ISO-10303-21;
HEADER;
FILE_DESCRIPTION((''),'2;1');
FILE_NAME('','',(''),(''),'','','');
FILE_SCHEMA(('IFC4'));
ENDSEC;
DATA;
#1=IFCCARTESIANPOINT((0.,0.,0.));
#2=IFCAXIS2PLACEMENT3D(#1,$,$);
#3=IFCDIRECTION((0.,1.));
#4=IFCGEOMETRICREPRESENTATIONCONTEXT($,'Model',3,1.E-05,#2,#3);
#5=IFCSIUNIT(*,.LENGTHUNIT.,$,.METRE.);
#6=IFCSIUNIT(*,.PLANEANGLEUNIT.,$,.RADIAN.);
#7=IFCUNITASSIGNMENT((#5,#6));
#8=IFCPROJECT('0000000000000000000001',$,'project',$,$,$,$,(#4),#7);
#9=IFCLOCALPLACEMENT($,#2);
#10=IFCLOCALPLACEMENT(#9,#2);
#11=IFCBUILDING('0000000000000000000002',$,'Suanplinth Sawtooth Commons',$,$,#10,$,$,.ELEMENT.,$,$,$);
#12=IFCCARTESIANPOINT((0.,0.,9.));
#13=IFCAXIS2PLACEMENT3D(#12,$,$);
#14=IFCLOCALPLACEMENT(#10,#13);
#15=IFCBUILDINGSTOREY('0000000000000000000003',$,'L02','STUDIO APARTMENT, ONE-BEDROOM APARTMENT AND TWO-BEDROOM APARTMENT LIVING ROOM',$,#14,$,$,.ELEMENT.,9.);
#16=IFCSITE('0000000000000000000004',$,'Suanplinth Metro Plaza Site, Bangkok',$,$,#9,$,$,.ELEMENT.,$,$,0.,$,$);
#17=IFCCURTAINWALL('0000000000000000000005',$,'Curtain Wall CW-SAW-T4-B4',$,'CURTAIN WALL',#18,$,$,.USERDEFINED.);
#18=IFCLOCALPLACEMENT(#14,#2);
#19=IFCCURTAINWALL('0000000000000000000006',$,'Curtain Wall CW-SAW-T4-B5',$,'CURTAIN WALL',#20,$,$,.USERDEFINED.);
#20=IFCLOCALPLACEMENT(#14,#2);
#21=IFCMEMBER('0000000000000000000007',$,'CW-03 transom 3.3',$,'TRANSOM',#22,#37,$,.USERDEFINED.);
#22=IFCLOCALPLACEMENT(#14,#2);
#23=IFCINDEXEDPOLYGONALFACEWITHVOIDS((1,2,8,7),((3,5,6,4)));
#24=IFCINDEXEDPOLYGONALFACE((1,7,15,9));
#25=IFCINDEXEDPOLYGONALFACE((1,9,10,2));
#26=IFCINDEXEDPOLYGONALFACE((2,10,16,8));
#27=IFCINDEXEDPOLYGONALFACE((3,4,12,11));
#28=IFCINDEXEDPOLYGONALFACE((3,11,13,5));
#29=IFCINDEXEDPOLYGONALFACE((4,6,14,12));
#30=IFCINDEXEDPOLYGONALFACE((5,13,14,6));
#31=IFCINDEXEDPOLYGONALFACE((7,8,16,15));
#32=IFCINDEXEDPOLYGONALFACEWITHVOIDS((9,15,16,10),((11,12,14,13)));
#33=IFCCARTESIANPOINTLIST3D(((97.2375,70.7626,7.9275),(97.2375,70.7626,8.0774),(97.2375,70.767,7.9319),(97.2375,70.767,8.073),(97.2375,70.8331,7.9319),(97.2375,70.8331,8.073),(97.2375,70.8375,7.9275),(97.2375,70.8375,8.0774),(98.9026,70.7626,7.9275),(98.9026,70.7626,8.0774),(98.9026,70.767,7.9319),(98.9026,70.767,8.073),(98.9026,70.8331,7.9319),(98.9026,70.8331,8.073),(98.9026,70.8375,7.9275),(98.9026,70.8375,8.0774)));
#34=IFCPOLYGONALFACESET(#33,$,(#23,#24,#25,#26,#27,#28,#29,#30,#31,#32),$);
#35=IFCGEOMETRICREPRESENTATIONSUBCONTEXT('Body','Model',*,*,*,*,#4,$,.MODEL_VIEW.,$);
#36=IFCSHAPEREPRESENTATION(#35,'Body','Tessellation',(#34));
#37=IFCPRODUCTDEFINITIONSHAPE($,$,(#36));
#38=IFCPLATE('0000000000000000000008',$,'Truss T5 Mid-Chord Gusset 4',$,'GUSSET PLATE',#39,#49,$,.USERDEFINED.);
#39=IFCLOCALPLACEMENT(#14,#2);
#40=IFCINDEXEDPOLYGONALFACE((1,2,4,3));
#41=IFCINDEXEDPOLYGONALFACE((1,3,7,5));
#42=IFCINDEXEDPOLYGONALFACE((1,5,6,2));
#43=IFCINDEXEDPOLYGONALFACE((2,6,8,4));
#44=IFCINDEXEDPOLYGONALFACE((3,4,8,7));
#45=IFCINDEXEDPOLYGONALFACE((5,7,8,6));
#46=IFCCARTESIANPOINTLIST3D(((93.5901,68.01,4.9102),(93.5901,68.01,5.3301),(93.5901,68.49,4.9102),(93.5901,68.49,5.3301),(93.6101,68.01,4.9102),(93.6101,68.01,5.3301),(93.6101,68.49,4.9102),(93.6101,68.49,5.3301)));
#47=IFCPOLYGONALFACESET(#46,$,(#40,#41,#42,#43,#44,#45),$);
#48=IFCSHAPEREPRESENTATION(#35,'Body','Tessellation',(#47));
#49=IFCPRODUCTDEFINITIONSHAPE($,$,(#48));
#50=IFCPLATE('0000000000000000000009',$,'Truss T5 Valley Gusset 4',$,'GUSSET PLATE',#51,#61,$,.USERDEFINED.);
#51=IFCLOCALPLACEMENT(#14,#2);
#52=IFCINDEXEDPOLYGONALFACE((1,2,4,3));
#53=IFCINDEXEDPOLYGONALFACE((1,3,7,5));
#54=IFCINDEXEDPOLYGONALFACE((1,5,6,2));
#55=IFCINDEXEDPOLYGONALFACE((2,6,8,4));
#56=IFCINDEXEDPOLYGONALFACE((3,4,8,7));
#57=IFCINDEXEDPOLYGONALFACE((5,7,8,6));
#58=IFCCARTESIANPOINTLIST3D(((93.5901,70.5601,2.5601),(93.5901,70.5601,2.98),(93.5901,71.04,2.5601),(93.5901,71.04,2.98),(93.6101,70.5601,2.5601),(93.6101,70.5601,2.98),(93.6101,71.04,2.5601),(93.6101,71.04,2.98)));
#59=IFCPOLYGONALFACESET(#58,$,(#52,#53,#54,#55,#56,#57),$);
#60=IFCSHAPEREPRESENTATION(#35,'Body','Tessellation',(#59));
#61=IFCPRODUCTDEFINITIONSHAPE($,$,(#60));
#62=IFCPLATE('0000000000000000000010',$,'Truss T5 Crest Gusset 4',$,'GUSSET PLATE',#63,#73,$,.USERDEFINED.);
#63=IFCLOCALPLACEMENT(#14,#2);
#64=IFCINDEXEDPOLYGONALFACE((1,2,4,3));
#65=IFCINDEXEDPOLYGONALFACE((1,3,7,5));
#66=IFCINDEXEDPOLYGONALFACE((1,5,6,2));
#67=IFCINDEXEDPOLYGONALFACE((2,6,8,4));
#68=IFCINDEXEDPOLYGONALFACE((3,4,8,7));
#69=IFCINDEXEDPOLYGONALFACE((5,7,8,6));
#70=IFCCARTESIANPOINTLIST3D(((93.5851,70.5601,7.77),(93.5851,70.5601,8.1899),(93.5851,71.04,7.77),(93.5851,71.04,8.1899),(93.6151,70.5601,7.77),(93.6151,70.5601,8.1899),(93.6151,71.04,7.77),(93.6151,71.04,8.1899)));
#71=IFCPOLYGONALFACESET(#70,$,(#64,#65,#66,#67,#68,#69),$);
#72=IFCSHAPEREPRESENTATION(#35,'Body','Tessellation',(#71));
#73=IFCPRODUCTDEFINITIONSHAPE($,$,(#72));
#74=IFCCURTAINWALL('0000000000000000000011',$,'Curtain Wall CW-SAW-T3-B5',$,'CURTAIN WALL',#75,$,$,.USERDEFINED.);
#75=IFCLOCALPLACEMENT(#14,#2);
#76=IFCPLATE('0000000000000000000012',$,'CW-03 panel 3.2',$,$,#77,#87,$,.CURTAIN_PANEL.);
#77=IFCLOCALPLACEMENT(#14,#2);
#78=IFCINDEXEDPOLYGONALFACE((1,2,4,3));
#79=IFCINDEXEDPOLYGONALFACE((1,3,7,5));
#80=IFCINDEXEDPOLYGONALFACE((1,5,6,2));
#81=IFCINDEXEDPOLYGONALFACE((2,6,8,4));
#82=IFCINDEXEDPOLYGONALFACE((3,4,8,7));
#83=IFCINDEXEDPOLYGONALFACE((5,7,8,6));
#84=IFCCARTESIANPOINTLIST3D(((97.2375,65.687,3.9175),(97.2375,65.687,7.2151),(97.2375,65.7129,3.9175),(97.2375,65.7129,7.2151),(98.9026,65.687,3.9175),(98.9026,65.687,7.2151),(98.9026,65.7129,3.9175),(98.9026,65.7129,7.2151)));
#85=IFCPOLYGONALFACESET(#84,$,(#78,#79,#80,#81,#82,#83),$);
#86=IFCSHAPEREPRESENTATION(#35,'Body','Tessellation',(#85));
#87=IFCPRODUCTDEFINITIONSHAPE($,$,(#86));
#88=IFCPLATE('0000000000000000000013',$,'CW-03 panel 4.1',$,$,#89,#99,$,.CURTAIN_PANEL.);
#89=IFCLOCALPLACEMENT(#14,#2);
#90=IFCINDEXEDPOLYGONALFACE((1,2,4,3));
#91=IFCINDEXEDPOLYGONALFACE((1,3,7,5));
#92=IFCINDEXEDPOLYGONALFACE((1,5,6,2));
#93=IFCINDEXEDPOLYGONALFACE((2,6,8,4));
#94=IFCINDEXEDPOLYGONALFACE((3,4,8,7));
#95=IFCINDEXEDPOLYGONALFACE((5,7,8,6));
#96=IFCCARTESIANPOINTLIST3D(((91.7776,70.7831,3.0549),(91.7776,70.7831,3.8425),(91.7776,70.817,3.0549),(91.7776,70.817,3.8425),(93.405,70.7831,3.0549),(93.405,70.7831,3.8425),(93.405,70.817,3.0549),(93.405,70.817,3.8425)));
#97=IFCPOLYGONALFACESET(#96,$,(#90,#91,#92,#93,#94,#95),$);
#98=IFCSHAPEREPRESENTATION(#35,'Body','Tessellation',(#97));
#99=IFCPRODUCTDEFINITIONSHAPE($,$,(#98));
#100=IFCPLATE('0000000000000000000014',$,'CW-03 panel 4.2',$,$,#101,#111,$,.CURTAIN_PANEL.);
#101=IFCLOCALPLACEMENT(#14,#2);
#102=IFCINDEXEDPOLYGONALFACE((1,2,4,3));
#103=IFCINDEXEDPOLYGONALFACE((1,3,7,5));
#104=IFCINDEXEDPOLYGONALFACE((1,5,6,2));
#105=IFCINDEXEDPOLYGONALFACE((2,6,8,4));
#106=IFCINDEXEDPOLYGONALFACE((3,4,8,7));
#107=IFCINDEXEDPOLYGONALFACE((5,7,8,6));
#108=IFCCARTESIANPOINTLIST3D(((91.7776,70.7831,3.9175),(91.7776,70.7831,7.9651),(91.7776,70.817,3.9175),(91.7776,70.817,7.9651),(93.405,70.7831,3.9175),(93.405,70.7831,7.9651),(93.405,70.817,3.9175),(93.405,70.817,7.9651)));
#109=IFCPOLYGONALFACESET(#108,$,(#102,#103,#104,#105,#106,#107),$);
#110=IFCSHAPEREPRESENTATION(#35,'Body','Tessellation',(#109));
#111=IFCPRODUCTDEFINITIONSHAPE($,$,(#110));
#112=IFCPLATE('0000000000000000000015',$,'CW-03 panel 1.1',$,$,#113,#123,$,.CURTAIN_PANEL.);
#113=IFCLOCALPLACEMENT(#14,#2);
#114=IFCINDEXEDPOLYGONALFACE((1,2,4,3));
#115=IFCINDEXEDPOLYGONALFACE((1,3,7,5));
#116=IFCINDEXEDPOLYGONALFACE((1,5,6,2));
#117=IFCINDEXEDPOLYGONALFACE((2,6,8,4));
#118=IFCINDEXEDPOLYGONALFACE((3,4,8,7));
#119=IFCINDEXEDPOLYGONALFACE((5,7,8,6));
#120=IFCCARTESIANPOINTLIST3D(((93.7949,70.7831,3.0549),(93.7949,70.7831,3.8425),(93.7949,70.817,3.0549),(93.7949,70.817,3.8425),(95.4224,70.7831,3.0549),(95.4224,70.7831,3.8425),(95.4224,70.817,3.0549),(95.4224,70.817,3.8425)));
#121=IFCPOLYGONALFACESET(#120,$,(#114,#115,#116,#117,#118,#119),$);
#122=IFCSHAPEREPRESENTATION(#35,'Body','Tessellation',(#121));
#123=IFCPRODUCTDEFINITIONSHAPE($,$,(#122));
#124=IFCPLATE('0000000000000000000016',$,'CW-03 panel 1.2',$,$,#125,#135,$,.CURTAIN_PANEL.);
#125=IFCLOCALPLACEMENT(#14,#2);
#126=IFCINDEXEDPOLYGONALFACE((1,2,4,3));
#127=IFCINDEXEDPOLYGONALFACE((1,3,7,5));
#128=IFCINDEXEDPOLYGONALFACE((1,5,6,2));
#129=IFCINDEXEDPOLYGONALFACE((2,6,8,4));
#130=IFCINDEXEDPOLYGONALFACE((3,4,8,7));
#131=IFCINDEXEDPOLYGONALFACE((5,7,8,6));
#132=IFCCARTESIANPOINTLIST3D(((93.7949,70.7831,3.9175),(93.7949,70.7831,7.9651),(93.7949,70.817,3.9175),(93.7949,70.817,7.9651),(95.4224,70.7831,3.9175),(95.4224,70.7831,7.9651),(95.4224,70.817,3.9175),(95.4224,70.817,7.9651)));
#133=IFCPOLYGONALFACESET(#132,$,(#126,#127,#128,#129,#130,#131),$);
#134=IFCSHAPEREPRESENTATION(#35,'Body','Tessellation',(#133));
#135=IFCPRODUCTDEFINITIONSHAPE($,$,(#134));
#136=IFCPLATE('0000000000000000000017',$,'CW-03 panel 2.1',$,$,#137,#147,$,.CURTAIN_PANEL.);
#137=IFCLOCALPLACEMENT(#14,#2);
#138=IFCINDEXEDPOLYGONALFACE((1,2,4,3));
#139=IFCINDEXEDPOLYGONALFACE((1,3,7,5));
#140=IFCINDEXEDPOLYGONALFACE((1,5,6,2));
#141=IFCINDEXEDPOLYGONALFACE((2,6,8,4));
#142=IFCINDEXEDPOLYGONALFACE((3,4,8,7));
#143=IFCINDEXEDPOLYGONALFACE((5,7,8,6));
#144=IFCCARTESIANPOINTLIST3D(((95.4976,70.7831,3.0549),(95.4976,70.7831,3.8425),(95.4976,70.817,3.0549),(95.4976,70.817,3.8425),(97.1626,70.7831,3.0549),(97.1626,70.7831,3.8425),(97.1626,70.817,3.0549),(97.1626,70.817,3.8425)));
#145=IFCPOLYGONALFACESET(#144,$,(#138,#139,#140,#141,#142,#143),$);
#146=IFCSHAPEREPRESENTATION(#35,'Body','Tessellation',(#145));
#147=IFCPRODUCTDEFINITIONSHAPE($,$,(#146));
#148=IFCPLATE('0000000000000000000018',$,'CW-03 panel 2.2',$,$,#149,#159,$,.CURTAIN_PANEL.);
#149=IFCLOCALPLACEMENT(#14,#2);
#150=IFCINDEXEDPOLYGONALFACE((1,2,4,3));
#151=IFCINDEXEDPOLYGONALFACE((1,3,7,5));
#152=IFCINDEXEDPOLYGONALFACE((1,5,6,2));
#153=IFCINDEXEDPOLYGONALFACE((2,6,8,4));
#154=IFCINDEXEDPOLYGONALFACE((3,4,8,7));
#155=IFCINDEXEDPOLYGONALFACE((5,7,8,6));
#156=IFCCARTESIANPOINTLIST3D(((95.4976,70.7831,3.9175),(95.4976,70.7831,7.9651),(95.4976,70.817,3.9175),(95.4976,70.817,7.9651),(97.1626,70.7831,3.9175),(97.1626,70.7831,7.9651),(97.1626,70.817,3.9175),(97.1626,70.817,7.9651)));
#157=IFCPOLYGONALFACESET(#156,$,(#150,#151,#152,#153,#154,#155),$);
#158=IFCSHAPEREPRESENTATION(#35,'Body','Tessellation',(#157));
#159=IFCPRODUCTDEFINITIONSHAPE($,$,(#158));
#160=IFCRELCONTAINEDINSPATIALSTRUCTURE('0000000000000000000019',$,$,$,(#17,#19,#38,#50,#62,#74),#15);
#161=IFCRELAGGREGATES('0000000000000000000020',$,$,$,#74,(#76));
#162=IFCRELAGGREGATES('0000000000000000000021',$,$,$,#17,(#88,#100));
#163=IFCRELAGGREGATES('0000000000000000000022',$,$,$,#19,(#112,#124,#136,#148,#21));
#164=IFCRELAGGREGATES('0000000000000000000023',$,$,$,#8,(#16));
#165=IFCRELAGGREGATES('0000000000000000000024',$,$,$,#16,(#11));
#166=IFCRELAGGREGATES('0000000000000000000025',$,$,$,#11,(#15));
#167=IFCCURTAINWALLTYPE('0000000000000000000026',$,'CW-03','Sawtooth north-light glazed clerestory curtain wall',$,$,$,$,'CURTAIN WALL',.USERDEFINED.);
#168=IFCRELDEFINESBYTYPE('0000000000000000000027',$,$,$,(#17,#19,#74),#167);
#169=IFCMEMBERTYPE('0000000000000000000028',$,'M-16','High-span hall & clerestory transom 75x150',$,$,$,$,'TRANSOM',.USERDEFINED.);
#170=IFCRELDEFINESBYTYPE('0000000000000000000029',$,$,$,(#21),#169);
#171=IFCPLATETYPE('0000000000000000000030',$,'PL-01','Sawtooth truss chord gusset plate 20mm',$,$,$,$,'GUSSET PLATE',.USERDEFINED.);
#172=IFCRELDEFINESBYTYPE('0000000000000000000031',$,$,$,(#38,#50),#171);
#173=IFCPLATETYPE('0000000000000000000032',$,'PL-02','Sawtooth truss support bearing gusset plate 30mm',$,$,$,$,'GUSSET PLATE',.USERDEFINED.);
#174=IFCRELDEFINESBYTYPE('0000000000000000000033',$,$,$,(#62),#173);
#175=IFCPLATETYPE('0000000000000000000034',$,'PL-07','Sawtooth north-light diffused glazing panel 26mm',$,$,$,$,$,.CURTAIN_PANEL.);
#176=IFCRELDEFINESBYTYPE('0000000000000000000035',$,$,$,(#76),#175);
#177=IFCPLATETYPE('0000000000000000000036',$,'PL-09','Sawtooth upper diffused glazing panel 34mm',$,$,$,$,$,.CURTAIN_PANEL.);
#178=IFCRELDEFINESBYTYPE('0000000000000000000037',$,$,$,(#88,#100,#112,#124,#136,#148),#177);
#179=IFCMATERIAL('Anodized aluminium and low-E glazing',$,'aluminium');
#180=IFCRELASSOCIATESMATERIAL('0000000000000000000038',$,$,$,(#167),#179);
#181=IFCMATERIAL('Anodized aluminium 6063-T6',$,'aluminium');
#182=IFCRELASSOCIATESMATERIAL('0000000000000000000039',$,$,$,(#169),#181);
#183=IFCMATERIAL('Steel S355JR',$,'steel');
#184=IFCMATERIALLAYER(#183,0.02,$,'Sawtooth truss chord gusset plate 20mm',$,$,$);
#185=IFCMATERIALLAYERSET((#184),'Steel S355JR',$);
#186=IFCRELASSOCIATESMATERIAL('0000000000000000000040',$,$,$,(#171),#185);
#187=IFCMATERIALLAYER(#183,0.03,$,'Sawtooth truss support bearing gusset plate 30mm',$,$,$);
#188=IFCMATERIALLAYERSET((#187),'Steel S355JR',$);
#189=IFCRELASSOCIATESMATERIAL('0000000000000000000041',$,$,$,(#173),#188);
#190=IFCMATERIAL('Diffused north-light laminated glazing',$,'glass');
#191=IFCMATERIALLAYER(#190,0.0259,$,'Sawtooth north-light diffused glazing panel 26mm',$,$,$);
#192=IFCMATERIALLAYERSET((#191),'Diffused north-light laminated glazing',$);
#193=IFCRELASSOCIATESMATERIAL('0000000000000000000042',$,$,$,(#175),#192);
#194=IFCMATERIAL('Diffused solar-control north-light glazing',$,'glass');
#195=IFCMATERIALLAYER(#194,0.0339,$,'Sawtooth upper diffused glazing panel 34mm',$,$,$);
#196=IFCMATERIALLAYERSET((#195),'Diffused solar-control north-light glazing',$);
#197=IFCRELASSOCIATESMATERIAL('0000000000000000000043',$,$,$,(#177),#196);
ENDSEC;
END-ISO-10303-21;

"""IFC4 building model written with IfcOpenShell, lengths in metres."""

from ifc_helpers import new_model, si_unit, direction, frame, origin, origin_2d, place, context, subcontext, project, spatial, rectangle, hollow_rectangle, extrude, material, layer, layer_set, material_profile, profile_set, type_object, element, aggregate, save


model = new_model("IFC4")

# Units and contexts
model_context = context("Model", 3, precision=1e-05, world=origin(), true_north=direction((0.0, 1.0)))
body_context = subcontext(model_context, "Body", "Model", "MODEL_VIEW")
ifc_project = project(units=[si_unit("LENGTHUNIT", "METRE"), si_unit("PLANEANGLEUNIT", "RADIAN")], contexts=[model_context])

# Site, building, storey
site_placement = place(None, origin())
site = spatial("IfcSite", under=ifc_project, at=site_placement, Name="Suanplinth Metro Plaza Site, Bangkok", CompositionType="ELEMENT", RefElevation=0.0)
building_placement = place(site_placement, origin())
building = spatial("IfcBuilding", under=site, at=building_placement, Name="Suanplinth Sawtooth Commons", CompositionType="ELEMENT")
storey_placement = place(building_placement, frame((0.0, 0.0, 9.0)))
storey = spatial("IfcBuildingStorey", under=building, at=storey_placement, Name="L02", Description="STUDIO APARTMENT, ONE-BEDROOM APARTMENT AND TWO-BEDROOM APARTMENT LIVING ROOM", CompositionType="ELEMENT", Elevation=9.0)

# Shared definitions
ifc_material_1 = material(Name="Steel S355JR", Category="steel")

# Curtain wall
ifc_material_2 = material(Name="Anodized aluminium and low-E glazing", Category="aluminium")
curtain_wall_type = type_object("IfcCurtainWallType", Name="CW-03", Description="Sawtooth north-light glazed clerestory curtain wall", ElementType="CURTAIN WALL", PredefinedType="USERDEFINED", material=ifc_material_2)
curtain_wall_1_placement = place(storey_placement, origin())
curtain_wall_1 = element("IfcCurtainWall", 1, at=curtain_wall_1_placement, inside=storey, type_object=curtain_wall_type, Name="Curtain Wall CW-SAW-T4-B4", ObjectType="CURTAIN WALL", PredefinedType="USERDEFINED")
ifc_material_3 = material(Name="Anodized aluminium 6063-T6", Category="aluminium")

# Curtain wall, member
curtain_wall_2_placement = place(storey_placement, origin())
curtain_wall_2 = element("IfcCurtainWall", 2, at=curtain_wall_2_placement, inside=storey, type_object=curtain_wall_type, Name="Curtain Wall CW-SAW-T4-B5", ObjectType="CURTAIN WALL", PredefinedType="USERDEFINED")
ifc_material_profile_1 = material_profile(ifc_material_3, hollow_rectangle(XDim=0.075, YDim=0.1499, WallThickness=0.0044, at=origin_2d()), Name="ALU-TRN 75x150")
ifc_profile_set_1 = profile_set([ifc_material_profile_1], Name="Anodized aluminium 6063-T6")
member_type_1 = type_object("IfcMemberType", Name="M-16", Description="High-span hall & clerestory transom 75x150", ElementType="TRANSOM", PredefinedType="USERDEFINED", material=ifc_profile_set_1)
member_1_placement = place(storey_placement, frame((97.2375, 70.8, 8.0024), z_axis=(1.0, 0.0, 0.0), x_axis=(0.0, 1.0, 0.0)))
member_1 = element("IfcMember", 3, at=member_1_placement, type_object=member_type_1, Name="CW-03 transom 3.3", ObjectType="TRANSOM", PredefinedType="USERDEFINED", context=body_context, shape_type="SweptSolid", body=[
    extrude(hollow_rectangle(XDim=0.075, YDim=0.1499, WallThickness=0.0044, at=origin_2d()), origin(), (0.0, 0.0, 1.0), 1.665),
])

# Plates
ifc_layer_1 = layer(ifc_material_1, 0.02, Name="Sawtooth truss chord gusset plate 20mm")
ifc_layer_set_1 = layer_set([ifc_layer_1], Name="Steel S355JR")
plate_type_1 = type_object("IfcPlateType", Name="PL-01", Description="Sawtooth truss chord gusset plate 20mm", ElementType="GUSSET PLATE", PredefinedType="USERDEFINED", material=ifc_layer_set_1)
for number, where, z_axis, x_axis, name in (
    (4, (93.6001, 68.25, 4.9102), (0.0, 0.0, 1.0), (1.0, 0.0, 0.0), "Truss T5 Mid-Chord Gusset 4"),
    (5, (93.6001, 70.8, 2.5601), (0.0, 0.0, 1.0), (1.0, 0.0, 0.0), "Truss T5 Valley Gusset 4"),
):
    element("IfcPlate", number, at=place(storey_placement, frame(where, z_axis=z_axis, x_axis=x_axis)), inside=storey, type_object=plate_type_1, Name=name, ObjectType="GUSSET PLATE", PredefinedType="USERDEFINED", context=body_context, shape_type="SweptSolid", body=[
        extrude(rectangle(XDim=0.02, YDim=0.48, at=origin_2d()), origin(), (0.0, 0.0, 1.0), 0.4199),
    ])
ifc_layer_2 = layer(ifc_material_1, 0.03, Name="Sawtooth truss support bearing gusset plate 30mm")
ifc_layer_set_2 = layer_set([ifc_layer_2], Name="Steel S355JR")
plate_type_2 = type_object("IfcPlateType", Name="PL-02", Description="Sawtooth truss support bearing gusset plate 30mm", ElementType="GUSSET PLATE", PredefinedType="USERDEFINED", material=ifc_layer_set_2)
plate_1_placement = place(storey_placement, frame((93.6001, 70.8, 7.77), z_axis=(0.0, 0.0, 1.0), x_axis=(1.0, 0.0, 0.0)))
element("IfcPlate", 6, at=plate_1_placement, inside=storey, type_object=plate_type_2, Name="Truss T5 Crest Gusset 4", ObjectType="GUSSET PLATE", PredefinedType="USERDEFINED", context=body_context, shape_type="SweptSolid", body=[
    extrude(rectangle(XDim=0.03, YDim=0.48, at=origin_2d()), origin(), (0.0, 0.0, 1.0), 0.4199),
])

# Curtain wall, plate
curtain_wall_3_placement = place(storey_placement, origin())
curtain_wall_3 = element("IfcCurtainWall", 7, at=curtain_wall_3_placement, inside=storey, type_object=curtain_wall_type, Name="Curtain Wall CW-SAW-T3-B5", ObjectType="CURTAIN WALL", PredefinedType="USERDEFINED")
ifc_material_4 = material(Name="Diffused north-light laminated glazing", Category="glass")
ifc_layer_3 = layer(ifc_material_4, 0.0259, Name="Sawtooth north-light diffused glazing panel 26mm")
ifc_layer_set_3 = layer_set([ifc_layer_3], Name="Diffused north-light laminated glazing")
plate_type_3 = type_object("IfcPlateType", Name="PL-07", Description="Sawtooth north-light diffused glazing panel 26mm", PredefinedType="CURTAIN_PANEL", material=ifc_layer_set_3)
plate_2_placement = place(storey_placement, frame((98.0701, 65.7, 3.9175), z_axis=(0.0, 0.0, 1.0), x_axis=(1.0, 0.0, 0.0)))
plate_2 = element("IfcPlate", 8, at=plate_2_placement, type_object=plate_type_3, Name="CW-03 panel 3.2", PredefinedType="CURTAIN_PANEL", context=body_context, shape_type="SweptSolid", body=[
    extrude(rectangle(XDim=1.665, YDim=0.0259, at=origin_2d()), origin(), (0.0, 0.0, 1.0), 3.2976),
])
aggregate(curtain_wall_3, [plate_2])

# Plates
ifc_material_5 = material(Name="Diffused solar-control north-light glazing", Category="glass")
ifc_layer_4 = layer(ifc_material_5, 0.0339, Name="Sawtooth upper diffused glazing panel 34mm")
ifc_layer_set_4 = layer_set([ifc_layer_4], Name="Diffused solar-control north-light glazing")
plate_type_4 = type_object("IfcPlateType", Name="PL-09", Description="Sawtooth upper diffused glazing panel 34mm", PredefinedType="CURTAIN_PANEL", material=ifc_layer_set_4)
plate_3_placement = place(storey_placement, frame((92.5913, 70.8, 3.0549), z_axis=(0.0, 0.0, 1.0), x_axis=(1.0, 0.0, 0.0)))
plate_3 = element("IfcPlate", 9, at=plate_3_placement, type_object=plate_type_4, Name="CW-03 panel 4.1", PredefinedType="CURTAIN_PANEL", context=body_context, shape_type="SweptSolid", body=[
    extrude(rectangle(XDim=1.6274, YDim=0.0339, at=origin_2d()), origin(), (0.0, 0.0, 1.0), 0.7876),
])
plate_4_placement = place(storey_placement, frame((92.5913, 70.8, 3.9175), z_axis=(0.0, 0.0, 1.0), x_axis=(1.0, 0.0, 0.0)))
plate_4 = element("IfcPlate", 10, at=plate_4_placement, type_object=plate_type_4, Name="CW-03 panel 4.2", PredefinedType="CURTAIN_PANEL", context=body_context, shape_type="SweptSolid", body=[
    extrude(rectangle(XDim=1.6274, YDim=0.0339, at=origin_2d()), origin(), (0.0, 0.0, 1.0), 4.0476),
])
aggregate(curtain_wall_1, [plate_3, plate_4])
plate_5_placement = place(storey_placement, frame((94.6086, 70.8, 3.0549), z_axis=(0.0, 0.0, 1.0), x_axis=(1.0, 0.0, 0.0)))
plate_5 = element("IfcPlate", 11, at=plate_5_placement, type_object=plate_type_4, Name="CW-03 panel 1.1", PredefinedType="CURTAIN_PANEL", context=body_context, shape_type="SweptSolid", body=[
    extrude(rectangle(XDim=1.6274, YDim=0.0339, at=origin_2d()), origin(), (0.0, 0.0, 1.0), 0.7876),
])
plate_6_placement = place(storey_placement, frame((94.6086, 70.8, 3.9175), z_axis=(0.0, 0.0, 1.0), x_axis=(1.0, 0.0, 0.0)))
plate_6 = element("IfcPlate", 12, at=plate_6_placement, type_object=plate_type_4, Name="CW-03 panel 1.2", PredefinedType="CURTAIN_PANEL", context=body_context, shape_type="SweptSolid", body=[
    extrude(rectangle(XDim=1.6274, YDim=0.0339, at=origin_2d()), origin(), (0.0, 0.0, 1.0), 4.0476),
])
plate_7_placement = place(storey_placement, frame((96.3301, 70.8, 3.0549), z_axis=(0.0, 0.0, 1.0), x_axis=(1.0, 0.0, 0.0)))
plate_7 = element("IfcPlate", 13, at=plate_7_placement, type_object=plate_type_4, Name="CW-03 panel 2.1", PredefinedType="CURTAIN_PANEL", context=body_context, shape_type="SweptSolid", body=[
    extrude(rectangle(XDim=1.665, YDim=0.0339, at=origin_2d()), origin(), (0.0, 0.0, 1.0), 0.7876),
])
plate_8_placement = place(storey_placement, frame((96.3301, 70.8, 3.9175), z_axis=(0.0, 0.0, 1.0), x_axis=(1.0, 0.0, 0.0)))
plate_8 = element("IfcPlate", 14, at=plate_8_placement, type_object=plate_type_4, Name="CW-03 panel 2.2", PredefinedType="CURTAIN_PANEL", context=body_context, shape_type="SweptSolid", body=[
    extrude(rectangle(XDim=1.665, YDim=0.0339, at=origin_2d()), origin(), (0.0, 0.0, 1.0), 4.0476),
])
aggregate(curtain_wall_2, [plate_5, plate_6, plate_7, plate_8, member_1])

save(model, "model.ifc")
